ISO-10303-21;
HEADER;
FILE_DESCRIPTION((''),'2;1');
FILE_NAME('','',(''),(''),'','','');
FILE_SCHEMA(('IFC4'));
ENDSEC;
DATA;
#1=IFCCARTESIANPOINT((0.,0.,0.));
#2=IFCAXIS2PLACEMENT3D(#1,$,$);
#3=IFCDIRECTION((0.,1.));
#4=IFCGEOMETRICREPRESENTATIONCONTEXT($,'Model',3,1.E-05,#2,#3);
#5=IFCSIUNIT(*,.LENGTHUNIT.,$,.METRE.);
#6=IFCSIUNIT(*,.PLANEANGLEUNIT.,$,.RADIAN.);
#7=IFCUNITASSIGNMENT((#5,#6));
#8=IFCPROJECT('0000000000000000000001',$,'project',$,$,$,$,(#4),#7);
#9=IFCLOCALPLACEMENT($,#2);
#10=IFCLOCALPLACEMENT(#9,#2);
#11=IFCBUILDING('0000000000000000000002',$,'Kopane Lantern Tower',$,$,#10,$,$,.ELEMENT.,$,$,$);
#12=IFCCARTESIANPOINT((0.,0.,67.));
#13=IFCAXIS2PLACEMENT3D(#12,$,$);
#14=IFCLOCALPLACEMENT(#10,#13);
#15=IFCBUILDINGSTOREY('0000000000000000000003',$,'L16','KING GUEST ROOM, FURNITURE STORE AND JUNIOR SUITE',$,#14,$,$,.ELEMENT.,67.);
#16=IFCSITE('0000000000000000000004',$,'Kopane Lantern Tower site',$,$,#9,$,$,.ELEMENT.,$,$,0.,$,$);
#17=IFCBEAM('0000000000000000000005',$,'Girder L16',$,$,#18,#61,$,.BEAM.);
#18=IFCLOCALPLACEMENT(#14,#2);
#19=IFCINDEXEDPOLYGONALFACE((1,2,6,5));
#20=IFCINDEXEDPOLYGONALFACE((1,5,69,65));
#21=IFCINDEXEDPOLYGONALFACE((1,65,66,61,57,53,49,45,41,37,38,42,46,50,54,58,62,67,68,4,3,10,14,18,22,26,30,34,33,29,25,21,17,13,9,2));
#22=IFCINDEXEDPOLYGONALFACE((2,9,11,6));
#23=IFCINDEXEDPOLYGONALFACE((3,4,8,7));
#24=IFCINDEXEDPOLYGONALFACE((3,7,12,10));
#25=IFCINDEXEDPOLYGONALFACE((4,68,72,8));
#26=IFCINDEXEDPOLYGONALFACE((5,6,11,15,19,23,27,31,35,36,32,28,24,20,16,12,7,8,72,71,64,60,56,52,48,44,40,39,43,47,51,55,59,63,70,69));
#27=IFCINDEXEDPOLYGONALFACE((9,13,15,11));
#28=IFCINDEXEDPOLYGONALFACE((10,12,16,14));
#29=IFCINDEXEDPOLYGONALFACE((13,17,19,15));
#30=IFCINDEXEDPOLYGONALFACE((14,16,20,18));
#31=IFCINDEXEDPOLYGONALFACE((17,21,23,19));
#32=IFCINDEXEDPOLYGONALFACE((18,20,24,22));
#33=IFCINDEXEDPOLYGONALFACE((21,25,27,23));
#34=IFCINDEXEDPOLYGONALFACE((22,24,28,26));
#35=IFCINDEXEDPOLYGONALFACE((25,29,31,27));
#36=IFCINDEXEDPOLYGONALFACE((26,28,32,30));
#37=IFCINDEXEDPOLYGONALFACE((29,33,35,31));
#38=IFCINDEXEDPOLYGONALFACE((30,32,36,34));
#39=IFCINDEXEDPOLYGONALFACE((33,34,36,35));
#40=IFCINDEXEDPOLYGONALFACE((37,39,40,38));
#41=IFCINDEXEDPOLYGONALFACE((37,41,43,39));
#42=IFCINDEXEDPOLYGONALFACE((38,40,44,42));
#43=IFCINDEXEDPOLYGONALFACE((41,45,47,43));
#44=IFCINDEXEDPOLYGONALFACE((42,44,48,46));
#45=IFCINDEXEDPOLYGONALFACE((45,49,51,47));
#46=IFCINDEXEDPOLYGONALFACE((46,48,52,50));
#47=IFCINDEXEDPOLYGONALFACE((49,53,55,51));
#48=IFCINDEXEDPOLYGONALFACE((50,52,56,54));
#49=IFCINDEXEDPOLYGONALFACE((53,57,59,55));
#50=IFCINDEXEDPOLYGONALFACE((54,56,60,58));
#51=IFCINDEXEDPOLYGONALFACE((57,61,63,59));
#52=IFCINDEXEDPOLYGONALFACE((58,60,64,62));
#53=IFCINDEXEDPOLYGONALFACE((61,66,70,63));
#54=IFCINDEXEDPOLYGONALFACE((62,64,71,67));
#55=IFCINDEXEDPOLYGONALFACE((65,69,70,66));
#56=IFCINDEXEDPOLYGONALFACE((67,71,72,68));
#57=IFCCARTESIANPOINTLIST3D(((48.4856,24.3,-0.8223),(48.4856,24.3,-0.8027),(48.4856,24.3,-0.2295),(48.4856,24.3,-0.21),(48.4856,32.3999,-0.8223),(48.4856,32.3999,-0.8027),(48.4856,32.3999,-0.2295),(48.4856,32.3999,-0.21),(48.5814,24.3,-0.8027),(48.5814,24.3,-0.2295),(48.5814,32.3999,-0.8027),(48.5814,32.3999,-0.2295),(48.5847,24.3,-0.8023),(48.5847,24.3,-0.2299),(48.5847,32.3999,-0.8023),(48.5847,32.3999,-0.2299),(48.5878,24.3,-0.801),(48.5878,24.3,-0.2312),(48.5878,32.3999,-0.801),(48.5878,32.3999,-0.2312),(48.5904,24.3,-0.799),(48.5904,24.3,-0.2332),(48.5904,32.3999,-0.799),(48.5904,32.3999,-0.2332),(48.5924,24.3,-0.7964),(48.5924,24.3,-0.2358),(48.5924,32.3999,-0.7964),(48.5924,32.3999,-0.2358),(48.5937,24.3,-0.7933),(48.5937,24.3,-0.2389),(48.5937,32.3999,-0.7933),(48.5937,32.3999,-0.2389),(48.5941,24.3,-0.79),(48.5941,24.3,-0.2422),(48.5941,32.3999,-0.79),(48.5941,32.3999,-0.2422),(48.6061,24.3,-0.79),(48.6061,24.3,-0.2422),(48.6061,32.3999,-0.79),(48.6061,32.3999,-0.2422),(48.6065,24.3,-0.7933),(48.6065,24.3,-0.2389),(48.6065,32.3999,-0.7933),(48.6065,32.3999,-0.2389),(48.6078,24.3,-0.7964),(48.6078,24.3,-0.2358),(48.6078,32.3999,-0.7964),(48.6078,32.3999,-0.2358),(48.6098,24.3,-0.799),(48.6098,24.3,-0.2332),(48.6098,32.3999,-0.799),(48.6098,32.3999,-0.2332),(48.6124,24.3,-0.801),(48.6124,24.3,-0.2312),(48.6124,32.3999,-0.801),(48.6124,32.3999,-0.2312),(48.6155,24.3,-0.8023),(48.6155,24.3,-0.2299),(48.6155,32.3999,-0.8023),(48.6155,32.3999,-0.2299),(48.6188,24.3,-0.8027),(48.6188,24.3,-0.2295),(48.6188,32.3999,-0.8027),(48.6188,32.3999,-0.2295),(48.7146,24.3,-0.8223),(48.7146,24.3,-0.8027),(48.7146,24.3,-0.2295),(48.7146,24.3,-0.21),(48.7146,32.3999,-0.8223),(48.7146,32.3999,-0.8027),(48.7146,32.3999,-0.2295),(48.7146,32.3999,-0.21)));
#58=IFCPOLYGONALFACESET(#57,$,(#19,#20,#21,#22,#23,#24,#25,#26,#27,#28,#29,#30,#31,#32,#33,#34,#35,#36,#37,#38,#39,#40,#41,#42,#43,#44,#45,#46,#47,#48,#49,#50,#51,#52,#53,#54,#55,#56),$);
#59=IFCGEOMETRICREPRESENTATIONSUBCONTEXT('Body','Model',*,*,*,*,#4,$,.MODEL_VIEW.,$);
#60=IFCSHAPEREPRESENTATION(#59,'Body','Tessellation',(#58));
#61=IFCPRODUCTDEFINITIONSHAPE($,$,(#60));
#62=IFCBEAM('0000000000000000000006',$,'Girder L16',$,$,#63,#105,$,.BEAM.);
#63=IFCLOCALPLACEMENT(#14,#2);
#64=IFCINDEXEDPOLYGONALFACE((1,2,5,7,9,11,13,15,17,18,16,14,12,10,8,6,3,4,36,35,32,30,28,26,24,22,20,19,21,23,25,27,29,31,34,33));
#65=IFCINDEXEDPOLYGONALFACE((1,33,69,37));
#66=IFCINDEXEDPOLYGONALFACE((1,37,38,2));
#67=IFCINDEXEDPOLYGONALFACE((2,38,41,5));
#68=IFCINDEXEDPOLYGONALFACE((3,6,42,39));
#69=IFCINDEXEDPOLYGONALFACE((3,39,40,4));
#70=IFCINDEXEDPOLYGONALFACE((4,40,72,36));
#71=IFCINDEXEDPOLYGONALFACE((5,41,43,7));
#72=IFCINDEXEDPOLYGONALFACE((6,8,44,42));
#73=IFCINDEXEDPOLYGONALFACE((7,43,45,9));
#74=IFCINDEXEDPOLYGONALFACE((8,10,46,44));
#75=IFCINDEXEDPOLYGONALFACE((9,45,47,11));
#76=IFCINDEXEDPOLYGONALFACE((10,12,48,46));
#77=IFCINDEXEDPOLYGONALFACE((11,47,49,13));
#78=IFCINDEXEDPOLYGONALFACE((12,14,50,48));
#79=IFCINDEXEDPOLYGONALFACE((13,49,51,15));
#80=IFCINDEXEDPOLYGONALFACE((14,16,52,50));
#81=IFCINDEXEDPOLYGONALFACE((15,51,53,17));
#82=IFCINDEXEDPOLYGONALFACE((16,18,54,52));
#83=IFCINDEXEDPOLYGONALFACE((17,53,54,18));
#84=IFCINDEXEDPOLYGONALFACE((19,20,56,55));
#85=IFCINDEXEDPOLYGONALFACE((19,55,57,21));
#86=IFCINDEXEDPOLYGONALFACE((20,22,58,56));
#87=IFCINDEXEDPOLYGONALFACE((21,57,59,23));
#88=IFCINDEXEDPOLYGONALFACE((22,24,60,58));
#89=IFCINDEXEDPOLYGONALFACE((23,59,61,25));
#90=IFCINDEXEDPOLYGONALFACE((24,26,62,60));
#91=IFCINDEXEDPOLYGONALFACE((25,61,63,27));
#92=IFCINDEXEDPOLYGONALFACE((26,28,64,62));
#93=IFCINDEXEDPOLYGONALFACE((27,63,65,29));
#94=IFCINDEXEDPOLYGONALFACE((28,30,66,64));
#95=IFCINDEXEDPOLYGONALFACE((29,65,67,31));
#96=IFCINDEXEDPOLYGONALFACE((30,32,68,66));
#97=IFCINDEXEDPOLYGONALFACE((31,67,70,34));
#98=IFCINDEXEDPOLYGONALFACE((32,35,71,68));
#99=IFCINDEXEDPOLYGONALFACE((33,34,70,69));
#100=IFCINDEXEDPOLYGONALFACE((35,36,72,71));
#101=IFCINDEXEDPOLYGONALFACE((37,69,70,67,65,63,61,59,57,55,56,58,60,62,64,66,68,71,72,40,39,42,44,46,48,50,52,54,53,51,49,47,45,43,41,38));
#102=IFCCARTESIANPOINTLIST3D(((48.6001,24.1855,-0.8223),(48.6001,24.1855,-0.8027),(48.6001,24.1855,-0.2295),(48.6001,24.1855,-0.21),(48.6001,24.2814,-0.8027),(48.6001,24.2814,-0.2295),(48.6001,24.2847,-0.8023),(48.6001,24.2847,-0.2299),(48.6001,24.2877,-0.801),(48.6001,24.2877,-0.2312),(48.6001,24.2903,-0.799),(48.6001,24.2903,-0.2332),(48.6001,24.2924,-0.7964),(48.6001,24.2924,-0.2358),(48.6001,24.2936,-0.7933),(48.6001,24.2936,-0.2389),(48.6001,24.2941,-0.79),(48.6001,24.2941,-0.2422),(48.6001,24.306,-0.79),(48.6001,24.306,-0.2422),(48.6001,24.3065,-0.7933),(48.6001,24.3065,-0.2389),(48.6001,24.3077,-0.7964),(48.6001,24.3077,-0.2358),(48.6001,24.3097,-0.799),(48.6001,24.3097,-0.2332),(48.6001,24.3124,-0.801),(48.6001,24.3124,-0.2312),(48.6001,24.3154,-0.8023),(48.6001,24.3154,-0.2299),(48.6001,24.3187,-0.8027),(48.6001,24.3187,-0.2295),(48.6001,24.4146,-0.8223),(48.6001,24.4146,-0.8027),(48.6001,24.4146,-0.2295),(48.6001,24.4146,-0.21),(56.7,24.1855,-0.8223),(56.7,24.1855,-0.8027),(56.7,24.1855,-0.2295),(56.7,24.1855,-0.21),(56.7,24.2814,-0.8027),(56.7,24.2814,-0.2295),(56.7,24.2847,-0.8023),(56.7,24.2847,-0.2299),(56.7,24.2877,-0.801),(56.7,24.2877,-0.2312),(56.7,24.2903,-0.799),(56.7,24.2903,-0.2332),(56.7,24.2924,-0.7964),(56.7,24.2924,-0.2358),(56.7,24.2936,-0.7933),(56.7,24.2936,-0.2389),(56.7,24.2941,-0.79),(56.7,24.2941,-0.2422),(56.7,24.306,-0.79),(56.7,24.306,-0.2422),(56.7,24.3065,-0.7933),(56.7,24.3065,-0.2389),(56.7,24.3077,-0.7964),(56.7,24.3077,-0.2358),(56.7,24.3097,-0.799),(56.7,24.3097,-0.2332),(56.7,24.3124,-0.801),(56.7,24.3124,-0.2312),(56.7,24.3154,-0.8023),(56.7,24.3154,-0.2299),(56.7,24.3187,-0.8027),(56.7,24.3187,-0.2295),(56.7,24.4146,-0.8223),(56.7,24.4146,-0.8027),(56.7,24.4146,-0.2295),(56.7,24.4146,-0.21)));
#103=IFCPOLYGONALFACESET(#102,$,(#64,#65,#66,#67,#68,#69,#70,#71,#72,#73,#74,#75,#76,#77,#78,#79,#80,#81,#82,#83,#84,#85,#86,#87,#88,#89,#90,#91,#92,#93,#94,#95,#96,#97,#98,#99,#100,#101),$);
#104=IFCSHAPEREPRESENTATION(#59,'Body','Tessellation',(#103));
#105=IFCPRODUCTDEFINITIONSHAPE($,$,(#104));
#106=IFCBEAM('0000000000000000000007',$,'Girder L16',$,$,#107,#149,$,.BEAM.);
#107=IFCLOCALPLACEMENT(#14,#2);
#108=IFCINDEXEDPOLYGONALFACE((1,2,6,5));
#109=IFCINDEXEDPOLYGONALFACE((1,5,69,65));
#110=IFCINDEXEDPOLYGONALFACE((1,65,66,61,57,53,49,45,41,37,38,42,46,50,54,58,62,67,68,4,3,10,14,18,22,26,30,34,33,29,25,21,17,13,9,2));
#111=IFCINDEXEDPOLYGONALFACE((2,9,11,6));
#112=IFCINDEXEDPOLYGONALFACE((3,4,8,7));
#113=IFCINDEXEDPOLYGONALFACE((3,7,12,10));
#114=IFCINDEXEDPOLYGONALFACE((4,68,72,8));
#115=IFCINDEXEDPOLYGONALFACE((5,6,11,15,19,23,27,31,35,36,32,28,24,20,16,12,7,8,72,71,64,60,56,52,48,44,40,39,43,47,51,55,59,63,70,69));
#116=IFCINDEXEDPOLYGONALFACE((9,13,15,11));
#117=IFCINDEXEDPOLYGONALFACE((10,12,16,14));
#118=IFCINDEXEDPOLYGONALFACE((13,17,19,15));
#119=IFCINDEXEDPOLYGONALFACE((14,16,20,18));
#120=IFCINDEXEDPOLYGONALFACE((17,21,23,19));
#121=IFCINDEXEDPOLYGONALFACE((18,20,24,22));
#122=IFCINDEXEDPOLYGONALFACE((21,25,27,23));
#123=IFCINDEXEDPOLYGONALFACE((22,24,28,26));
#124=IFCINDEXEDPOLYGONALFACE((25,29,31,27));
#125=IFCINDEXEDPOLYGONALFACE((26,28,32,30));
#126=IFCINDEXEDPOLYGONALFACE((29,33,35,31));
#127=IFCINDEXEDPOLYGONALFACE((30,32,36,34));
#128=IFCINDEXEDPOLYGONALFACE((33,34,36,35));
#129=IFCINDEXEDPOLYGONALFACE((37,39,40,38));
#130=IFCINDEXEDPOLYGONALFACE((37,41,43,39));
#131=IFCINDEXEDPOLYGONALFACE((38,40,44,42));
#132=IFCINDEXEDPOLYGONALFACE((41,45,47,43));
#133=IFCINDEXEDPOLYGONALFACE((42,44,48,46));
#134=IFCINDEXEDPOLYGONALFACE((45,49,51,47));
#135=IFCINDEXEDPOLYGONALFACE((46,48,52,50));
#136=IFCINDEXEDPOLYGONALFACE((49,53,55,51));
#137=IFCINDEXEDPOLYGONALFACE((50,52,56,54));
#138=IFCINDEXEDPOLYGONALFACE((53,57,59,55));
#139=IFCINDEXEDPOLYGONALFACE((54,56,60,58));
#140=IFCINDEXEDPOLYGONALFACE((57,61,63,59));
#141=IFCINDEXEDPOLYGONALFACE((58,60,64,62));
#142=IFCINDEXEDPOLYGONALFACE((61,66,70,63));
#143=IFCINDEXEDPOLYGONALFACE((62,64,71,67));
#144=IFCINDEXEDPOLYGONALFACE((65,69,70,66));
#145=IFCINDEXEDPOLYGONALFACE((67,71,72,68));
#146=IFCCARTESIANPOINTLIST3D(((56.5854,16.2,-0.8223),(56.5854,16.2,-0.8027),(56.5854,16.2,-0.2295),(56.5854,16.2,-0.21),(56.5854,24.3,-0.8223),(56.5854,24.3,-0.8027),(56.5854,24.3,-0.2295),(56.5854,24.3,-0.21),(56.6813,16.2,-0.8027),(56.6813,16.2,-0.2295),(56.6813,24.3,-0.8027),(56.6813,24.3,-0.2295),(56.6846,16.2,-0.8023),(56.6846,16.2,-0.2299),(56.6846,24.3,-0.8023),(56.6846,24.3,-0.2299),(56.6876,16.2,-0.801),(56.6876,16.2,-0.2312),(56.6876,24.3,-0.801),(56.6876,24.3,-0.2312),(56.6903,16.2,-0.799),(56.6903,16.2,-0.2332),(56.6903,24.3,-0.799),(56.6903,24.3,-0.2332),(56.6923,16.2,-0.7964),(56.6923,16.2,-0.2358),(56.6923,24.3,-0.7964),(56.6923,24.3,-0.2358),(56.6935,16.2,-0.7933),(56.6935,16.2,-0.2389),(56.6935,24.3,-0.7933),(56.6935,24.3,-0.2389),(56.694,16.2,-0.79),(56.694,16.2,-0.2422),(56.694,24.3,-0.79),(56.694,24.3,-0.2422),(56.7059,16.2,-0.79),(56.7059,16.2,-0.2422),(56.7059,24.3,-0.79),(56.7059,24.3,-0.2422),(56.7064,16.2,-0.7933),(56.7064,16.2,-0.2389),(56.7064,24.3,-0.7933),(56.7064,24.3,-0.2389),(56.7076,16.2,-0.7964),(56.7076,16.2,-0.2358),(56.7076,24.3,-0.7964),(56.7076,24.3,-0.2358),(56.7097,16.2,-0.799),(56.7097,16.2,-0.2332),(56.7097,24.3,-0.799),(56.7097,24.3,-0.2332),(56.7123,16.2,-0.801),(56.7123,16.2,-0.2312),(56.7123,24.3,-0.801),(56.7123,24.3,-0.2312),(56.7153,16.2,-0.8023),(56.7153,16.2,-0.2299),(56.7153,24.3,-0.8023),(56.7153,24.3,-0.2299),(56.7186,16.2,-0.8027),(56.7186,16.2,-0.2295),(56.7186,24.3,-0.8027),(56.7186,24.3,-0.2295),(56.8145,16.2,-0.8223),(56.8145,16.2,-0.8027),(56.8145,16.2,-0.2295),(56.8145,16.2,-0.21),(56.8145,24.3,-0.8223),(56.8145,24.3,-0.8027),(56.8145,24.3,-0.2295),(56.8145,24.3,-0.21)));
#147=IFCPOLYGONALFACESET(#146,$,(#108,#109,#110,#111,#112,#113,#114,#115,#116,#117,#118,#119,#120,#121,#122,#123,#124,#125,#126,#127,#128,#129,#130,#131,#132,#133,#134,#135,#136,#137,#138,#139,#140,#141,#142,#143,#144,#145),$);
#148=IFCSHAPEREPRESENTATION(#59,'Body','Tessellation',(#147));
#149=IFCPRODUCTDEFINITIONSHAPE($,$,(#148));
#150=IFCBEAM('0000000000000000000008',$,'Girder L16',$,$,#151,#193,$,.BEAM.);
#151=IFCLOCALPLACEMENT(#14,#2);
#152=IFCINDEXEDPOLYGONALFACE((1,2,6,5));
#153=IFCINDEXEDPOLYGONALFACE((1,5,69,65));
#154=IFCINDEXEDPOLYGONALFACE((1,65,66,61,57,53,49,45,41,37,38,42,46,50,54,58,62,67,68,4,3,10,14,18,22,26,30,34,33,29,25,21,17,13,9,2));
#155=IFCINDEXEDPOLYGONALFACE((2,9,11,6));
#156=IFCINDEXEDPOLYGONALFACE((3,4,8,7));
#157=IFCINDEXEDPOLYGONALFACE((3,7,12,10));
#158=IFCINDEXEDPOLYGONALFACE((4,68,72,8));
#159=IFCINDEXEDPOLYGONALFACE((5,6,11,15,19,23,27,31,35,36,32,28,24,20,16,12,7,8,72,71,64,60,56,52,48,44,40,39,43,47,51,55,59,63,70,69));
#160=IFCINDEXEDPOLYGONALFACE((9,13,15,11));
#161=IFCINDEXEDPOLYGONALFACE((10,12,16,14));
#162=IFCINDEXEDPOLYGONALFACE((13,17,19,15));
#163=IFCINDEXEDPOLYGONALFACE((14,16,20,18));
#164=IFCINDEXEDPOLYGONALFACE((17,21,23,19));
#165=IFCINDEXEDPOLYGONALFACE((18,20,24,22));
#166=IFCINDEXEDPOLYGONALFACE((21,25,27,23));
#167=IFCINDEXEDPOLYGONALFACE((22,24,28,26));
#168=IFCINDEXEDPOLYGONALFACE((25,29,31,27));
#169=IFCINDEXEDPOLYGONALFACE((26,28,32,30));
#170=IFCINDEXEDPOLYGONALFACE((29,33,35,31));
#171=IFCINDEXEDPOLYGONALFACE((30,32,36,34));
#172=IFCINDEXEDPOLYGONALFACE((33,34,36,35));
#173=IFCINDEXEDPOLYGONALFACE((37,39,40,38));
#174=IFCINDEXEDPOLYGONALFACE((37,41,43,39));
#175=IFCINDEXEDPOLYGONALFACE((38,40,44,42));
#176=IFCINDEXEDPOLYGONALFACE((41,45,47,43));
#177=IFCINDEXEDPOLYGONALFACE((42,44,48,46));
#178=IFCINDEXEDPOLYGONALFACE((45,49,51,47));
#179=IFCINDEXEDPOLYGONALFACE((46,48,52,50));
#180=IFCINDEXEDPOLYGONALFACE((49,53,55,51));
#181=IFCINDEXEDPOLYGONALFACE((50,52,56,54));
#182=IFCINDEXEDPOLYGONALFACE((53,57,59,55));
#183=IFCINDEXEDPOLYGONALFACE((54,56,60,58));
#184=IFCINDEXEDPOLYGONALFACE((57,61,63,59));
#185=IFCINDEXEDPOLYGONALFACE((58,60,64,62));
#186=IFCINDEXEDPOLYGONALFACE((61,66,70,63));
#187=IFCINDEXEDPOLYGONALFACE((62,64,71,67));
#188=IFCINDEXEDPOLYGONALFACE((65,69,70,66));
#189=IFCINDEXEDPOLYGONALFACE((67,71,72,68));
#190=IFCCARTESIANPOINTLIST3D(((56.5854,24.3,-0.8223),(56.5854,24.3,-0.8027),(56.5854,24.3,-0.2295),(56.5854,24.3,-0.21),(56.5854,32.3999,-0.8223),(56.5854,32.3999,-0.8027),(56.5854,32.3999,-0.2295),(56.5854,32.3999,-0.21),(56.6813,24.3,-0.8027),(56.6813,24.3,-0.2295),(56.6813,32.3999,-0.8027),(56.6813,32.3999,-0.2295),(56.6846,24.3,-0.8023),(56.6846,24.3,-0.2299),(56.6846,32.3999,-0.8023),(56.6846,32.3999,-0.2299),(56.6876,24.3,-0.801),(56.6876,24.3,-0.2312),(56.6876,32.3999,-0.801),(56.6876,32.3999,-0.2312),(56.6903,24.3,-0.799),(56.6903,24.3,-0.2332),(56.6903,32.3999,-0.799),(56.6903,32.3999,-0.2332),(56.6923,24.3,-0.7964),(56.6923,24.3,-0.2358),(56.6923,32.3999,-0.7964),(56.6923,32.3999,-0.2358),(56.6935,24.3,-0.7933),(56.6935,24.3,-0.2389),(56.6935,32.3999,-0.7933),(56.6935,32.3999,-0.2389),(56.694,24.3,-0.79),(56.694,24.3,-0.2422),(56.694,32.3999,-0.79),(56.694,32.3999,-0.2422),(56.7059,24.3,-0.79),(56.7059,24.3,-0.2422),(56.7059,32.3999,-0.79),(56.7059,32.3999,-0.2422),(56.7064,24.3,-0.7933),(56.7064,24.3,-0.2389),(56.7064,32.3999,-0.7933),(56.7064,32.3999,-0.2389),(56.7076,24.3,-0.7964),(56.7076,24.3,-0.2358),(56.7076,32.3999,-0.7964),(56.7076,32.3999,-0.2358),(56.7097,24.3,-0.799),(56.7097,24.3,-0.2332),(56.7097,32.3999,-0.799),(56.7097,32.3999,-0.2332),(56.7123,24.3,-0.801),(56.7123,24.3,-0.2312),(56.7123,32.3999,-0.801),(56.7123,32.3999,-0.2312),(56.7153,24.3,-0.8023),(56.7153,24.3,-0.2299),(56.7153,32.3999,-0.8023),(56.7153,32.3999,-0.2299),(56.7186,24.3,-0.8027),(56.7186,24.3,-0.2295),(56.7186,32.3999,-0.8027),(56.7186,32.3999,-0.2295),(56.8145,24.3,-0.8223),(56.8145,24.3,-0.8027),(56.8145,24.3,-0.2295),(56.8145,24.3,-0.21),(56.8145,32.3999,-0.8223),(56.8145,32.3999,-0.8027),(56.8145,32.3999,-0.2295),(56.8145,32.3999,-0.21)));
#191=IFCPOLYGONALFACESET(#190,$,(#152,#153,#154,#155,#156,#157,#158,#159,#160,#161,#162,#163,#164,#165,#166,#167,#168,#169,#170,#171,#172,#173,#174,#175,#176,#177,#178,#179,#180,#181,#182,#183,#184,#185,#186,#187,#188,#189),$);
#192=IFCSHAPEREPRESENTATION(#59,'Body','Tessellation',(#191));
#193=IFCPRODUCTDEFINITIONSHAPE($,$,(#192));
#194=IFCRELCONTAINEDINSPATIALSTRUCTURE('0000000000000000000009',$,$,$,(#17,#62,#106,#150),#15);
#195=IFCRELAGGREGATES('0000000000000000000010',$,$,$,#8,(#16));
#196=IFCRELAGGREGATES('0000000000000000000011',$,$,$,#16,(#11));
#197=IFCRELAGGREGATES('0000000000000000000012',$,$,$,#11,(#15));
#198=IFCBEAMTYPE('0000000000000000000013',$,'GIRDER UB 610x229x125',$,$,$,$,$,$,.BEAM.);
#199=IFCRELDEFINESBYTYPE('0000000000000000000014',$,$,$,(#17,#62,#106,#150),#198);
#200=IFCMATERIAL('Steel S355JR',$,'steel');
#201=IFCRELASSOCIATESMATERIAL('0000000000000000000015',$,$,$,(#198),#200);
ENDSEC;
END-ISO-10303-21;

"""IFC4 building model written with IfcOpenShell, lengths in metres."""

from ifc_helpers import new_model, si_unit, direction, frame, origin, origin_2d, place, context, subcontext, project, spatial, i_section, extrude, material, material_profile, profile_set, type_object, element, save


model = new_model("IFC4")

# Units and contexts
model_context = context("Model", 3, precision=1e-05, world=origin(), true_north=direction((0.0, 1.0)))
body_context = subcontext(model_context, "Body", "Model", "MODEL_VIEW")
ifc_project = project(units=[si_unit("LENGTHUNIT", "METRE"), si_unit("PLANEANGLEUNIT", "RADIAN")], contexts=[model_context])

# Site, building, storey
site_placement = place(None, origin())
site = spatial("IfcSite", under=ifc_project, at=site_placement, Name="Kopane Lantern Tower site", CompositionType="ELEMENT", RefElevation=0.0)
building_placement = place(site_placement, origin())
building = spatial("IfcBuilding", under=site, at=building_placement, Name="Kopane Lantern Tower", CompositionType="ELEMENT")
storey_placement = place(building_placement, frame((0.0, 0.0, 67.0)))
storey = spatial("IfcBuildingStorey", under=building, at=storey_placement, Name="L16", Description="KING GUEST ROOM, FURNITURE STORE AND JUNIOR SUITE", CompositionType="ELEMENT", Elevation=67.0)

# Beams
ifc_material_1 = material(Name="Steel S355JR", Category="steel")
ifc_material_profile_1 = material_profile(ifc_material_1, i_section(OverallWidth=0.229, OverallDepth=0.6123, WebThickness=0.012, FlangeThickness=0.0195, FilletRadius=0.0127, at=origin_2d()), Name="UB 610x229x125")
ifc_profile_set_1 = profile_set([ifc_material_profile_1], Name="Steel S355JR")
beam_type = type_object("IfcBeamType", Name="GIRDER UB 610x229x125", PredefinedType="BEAM", material=ifc_profile_set_1)
for number, where, z_axis, x_axis, name in (
    (1, (48.6001, 24.3, -0.5161), (0.0, 1.0, 0.0), (-1.0, 0.0, 0.0), "Girder L16"),
    (2, (48.6001, 24.3, -0.5161), (1.0, 0.0, 0.0), (0.0, 1.0, 0.0), "Girder L16"),
):
    element("IfcBeam", number, at=place(storey_placement, frame(where, z_axis=z_axis, x_axis=x_axis)), inside=storey, type_object=beam_type, Name=name, PredefinedType="BEAM", context=body_context, shape_type="SweptSolid", body=[
        extrude(i_section(OverallWidth=0.229, OverallDepth=0.6123, WebThickness=0.012, FlangeThickness=0.0195, FilletRadius=0.0127, at=origin_2d()), origin(), (0.0, 0.0, 1.0), 8.0999),
    ])
beam_1_placement = place(storey_placement, frame((56.7, 16.2, -0.5161), z_axis=(0.0, 1.0, 0.0), x_axis=(-1.0, 0.0, 0.0)))
element("IfcBeam", 3, at=beam_1_placement, inside=storey, type_object=beam_type, Name="Girder L16", PredefinedType="BEAM", context=body_context, shape_type="SweptSolid", body=[
    extrude(i_section(OverallWidth=0.229, OverallDepth=0.6123, WebThickness=0.012, FlangeThickness=0.0195, FilletRadius=0.0127, at=origin_2d()), origin(), (0.0, 0.0, 1.0), 8.1001),
])
beam_2_placement = place(storey_placement, frame((56.7, 24.3, -0.5161), z_axis=(0.0, 1.0, 0.0), x_axis=(-1.0, 0.0, 0.0)))
element("IfcBeam", 4, at=beam_2_placement, inside=storey, type_object=beam_type, Name="Girder L16", PredefinedType="BEAM", context=body_context, shape_type="SweptSolid", body=[
    extrude(i_section(OverallWidth=0.229, OverallDepth=0.6123, WebThickness=0.012, FlangeThickness=0.0195, FilletRadius=0.0127, at=origin_2d()), origin(), (0.0, 0.0, 1.0), 8.0999),
])

save(model, "model.ifc")
